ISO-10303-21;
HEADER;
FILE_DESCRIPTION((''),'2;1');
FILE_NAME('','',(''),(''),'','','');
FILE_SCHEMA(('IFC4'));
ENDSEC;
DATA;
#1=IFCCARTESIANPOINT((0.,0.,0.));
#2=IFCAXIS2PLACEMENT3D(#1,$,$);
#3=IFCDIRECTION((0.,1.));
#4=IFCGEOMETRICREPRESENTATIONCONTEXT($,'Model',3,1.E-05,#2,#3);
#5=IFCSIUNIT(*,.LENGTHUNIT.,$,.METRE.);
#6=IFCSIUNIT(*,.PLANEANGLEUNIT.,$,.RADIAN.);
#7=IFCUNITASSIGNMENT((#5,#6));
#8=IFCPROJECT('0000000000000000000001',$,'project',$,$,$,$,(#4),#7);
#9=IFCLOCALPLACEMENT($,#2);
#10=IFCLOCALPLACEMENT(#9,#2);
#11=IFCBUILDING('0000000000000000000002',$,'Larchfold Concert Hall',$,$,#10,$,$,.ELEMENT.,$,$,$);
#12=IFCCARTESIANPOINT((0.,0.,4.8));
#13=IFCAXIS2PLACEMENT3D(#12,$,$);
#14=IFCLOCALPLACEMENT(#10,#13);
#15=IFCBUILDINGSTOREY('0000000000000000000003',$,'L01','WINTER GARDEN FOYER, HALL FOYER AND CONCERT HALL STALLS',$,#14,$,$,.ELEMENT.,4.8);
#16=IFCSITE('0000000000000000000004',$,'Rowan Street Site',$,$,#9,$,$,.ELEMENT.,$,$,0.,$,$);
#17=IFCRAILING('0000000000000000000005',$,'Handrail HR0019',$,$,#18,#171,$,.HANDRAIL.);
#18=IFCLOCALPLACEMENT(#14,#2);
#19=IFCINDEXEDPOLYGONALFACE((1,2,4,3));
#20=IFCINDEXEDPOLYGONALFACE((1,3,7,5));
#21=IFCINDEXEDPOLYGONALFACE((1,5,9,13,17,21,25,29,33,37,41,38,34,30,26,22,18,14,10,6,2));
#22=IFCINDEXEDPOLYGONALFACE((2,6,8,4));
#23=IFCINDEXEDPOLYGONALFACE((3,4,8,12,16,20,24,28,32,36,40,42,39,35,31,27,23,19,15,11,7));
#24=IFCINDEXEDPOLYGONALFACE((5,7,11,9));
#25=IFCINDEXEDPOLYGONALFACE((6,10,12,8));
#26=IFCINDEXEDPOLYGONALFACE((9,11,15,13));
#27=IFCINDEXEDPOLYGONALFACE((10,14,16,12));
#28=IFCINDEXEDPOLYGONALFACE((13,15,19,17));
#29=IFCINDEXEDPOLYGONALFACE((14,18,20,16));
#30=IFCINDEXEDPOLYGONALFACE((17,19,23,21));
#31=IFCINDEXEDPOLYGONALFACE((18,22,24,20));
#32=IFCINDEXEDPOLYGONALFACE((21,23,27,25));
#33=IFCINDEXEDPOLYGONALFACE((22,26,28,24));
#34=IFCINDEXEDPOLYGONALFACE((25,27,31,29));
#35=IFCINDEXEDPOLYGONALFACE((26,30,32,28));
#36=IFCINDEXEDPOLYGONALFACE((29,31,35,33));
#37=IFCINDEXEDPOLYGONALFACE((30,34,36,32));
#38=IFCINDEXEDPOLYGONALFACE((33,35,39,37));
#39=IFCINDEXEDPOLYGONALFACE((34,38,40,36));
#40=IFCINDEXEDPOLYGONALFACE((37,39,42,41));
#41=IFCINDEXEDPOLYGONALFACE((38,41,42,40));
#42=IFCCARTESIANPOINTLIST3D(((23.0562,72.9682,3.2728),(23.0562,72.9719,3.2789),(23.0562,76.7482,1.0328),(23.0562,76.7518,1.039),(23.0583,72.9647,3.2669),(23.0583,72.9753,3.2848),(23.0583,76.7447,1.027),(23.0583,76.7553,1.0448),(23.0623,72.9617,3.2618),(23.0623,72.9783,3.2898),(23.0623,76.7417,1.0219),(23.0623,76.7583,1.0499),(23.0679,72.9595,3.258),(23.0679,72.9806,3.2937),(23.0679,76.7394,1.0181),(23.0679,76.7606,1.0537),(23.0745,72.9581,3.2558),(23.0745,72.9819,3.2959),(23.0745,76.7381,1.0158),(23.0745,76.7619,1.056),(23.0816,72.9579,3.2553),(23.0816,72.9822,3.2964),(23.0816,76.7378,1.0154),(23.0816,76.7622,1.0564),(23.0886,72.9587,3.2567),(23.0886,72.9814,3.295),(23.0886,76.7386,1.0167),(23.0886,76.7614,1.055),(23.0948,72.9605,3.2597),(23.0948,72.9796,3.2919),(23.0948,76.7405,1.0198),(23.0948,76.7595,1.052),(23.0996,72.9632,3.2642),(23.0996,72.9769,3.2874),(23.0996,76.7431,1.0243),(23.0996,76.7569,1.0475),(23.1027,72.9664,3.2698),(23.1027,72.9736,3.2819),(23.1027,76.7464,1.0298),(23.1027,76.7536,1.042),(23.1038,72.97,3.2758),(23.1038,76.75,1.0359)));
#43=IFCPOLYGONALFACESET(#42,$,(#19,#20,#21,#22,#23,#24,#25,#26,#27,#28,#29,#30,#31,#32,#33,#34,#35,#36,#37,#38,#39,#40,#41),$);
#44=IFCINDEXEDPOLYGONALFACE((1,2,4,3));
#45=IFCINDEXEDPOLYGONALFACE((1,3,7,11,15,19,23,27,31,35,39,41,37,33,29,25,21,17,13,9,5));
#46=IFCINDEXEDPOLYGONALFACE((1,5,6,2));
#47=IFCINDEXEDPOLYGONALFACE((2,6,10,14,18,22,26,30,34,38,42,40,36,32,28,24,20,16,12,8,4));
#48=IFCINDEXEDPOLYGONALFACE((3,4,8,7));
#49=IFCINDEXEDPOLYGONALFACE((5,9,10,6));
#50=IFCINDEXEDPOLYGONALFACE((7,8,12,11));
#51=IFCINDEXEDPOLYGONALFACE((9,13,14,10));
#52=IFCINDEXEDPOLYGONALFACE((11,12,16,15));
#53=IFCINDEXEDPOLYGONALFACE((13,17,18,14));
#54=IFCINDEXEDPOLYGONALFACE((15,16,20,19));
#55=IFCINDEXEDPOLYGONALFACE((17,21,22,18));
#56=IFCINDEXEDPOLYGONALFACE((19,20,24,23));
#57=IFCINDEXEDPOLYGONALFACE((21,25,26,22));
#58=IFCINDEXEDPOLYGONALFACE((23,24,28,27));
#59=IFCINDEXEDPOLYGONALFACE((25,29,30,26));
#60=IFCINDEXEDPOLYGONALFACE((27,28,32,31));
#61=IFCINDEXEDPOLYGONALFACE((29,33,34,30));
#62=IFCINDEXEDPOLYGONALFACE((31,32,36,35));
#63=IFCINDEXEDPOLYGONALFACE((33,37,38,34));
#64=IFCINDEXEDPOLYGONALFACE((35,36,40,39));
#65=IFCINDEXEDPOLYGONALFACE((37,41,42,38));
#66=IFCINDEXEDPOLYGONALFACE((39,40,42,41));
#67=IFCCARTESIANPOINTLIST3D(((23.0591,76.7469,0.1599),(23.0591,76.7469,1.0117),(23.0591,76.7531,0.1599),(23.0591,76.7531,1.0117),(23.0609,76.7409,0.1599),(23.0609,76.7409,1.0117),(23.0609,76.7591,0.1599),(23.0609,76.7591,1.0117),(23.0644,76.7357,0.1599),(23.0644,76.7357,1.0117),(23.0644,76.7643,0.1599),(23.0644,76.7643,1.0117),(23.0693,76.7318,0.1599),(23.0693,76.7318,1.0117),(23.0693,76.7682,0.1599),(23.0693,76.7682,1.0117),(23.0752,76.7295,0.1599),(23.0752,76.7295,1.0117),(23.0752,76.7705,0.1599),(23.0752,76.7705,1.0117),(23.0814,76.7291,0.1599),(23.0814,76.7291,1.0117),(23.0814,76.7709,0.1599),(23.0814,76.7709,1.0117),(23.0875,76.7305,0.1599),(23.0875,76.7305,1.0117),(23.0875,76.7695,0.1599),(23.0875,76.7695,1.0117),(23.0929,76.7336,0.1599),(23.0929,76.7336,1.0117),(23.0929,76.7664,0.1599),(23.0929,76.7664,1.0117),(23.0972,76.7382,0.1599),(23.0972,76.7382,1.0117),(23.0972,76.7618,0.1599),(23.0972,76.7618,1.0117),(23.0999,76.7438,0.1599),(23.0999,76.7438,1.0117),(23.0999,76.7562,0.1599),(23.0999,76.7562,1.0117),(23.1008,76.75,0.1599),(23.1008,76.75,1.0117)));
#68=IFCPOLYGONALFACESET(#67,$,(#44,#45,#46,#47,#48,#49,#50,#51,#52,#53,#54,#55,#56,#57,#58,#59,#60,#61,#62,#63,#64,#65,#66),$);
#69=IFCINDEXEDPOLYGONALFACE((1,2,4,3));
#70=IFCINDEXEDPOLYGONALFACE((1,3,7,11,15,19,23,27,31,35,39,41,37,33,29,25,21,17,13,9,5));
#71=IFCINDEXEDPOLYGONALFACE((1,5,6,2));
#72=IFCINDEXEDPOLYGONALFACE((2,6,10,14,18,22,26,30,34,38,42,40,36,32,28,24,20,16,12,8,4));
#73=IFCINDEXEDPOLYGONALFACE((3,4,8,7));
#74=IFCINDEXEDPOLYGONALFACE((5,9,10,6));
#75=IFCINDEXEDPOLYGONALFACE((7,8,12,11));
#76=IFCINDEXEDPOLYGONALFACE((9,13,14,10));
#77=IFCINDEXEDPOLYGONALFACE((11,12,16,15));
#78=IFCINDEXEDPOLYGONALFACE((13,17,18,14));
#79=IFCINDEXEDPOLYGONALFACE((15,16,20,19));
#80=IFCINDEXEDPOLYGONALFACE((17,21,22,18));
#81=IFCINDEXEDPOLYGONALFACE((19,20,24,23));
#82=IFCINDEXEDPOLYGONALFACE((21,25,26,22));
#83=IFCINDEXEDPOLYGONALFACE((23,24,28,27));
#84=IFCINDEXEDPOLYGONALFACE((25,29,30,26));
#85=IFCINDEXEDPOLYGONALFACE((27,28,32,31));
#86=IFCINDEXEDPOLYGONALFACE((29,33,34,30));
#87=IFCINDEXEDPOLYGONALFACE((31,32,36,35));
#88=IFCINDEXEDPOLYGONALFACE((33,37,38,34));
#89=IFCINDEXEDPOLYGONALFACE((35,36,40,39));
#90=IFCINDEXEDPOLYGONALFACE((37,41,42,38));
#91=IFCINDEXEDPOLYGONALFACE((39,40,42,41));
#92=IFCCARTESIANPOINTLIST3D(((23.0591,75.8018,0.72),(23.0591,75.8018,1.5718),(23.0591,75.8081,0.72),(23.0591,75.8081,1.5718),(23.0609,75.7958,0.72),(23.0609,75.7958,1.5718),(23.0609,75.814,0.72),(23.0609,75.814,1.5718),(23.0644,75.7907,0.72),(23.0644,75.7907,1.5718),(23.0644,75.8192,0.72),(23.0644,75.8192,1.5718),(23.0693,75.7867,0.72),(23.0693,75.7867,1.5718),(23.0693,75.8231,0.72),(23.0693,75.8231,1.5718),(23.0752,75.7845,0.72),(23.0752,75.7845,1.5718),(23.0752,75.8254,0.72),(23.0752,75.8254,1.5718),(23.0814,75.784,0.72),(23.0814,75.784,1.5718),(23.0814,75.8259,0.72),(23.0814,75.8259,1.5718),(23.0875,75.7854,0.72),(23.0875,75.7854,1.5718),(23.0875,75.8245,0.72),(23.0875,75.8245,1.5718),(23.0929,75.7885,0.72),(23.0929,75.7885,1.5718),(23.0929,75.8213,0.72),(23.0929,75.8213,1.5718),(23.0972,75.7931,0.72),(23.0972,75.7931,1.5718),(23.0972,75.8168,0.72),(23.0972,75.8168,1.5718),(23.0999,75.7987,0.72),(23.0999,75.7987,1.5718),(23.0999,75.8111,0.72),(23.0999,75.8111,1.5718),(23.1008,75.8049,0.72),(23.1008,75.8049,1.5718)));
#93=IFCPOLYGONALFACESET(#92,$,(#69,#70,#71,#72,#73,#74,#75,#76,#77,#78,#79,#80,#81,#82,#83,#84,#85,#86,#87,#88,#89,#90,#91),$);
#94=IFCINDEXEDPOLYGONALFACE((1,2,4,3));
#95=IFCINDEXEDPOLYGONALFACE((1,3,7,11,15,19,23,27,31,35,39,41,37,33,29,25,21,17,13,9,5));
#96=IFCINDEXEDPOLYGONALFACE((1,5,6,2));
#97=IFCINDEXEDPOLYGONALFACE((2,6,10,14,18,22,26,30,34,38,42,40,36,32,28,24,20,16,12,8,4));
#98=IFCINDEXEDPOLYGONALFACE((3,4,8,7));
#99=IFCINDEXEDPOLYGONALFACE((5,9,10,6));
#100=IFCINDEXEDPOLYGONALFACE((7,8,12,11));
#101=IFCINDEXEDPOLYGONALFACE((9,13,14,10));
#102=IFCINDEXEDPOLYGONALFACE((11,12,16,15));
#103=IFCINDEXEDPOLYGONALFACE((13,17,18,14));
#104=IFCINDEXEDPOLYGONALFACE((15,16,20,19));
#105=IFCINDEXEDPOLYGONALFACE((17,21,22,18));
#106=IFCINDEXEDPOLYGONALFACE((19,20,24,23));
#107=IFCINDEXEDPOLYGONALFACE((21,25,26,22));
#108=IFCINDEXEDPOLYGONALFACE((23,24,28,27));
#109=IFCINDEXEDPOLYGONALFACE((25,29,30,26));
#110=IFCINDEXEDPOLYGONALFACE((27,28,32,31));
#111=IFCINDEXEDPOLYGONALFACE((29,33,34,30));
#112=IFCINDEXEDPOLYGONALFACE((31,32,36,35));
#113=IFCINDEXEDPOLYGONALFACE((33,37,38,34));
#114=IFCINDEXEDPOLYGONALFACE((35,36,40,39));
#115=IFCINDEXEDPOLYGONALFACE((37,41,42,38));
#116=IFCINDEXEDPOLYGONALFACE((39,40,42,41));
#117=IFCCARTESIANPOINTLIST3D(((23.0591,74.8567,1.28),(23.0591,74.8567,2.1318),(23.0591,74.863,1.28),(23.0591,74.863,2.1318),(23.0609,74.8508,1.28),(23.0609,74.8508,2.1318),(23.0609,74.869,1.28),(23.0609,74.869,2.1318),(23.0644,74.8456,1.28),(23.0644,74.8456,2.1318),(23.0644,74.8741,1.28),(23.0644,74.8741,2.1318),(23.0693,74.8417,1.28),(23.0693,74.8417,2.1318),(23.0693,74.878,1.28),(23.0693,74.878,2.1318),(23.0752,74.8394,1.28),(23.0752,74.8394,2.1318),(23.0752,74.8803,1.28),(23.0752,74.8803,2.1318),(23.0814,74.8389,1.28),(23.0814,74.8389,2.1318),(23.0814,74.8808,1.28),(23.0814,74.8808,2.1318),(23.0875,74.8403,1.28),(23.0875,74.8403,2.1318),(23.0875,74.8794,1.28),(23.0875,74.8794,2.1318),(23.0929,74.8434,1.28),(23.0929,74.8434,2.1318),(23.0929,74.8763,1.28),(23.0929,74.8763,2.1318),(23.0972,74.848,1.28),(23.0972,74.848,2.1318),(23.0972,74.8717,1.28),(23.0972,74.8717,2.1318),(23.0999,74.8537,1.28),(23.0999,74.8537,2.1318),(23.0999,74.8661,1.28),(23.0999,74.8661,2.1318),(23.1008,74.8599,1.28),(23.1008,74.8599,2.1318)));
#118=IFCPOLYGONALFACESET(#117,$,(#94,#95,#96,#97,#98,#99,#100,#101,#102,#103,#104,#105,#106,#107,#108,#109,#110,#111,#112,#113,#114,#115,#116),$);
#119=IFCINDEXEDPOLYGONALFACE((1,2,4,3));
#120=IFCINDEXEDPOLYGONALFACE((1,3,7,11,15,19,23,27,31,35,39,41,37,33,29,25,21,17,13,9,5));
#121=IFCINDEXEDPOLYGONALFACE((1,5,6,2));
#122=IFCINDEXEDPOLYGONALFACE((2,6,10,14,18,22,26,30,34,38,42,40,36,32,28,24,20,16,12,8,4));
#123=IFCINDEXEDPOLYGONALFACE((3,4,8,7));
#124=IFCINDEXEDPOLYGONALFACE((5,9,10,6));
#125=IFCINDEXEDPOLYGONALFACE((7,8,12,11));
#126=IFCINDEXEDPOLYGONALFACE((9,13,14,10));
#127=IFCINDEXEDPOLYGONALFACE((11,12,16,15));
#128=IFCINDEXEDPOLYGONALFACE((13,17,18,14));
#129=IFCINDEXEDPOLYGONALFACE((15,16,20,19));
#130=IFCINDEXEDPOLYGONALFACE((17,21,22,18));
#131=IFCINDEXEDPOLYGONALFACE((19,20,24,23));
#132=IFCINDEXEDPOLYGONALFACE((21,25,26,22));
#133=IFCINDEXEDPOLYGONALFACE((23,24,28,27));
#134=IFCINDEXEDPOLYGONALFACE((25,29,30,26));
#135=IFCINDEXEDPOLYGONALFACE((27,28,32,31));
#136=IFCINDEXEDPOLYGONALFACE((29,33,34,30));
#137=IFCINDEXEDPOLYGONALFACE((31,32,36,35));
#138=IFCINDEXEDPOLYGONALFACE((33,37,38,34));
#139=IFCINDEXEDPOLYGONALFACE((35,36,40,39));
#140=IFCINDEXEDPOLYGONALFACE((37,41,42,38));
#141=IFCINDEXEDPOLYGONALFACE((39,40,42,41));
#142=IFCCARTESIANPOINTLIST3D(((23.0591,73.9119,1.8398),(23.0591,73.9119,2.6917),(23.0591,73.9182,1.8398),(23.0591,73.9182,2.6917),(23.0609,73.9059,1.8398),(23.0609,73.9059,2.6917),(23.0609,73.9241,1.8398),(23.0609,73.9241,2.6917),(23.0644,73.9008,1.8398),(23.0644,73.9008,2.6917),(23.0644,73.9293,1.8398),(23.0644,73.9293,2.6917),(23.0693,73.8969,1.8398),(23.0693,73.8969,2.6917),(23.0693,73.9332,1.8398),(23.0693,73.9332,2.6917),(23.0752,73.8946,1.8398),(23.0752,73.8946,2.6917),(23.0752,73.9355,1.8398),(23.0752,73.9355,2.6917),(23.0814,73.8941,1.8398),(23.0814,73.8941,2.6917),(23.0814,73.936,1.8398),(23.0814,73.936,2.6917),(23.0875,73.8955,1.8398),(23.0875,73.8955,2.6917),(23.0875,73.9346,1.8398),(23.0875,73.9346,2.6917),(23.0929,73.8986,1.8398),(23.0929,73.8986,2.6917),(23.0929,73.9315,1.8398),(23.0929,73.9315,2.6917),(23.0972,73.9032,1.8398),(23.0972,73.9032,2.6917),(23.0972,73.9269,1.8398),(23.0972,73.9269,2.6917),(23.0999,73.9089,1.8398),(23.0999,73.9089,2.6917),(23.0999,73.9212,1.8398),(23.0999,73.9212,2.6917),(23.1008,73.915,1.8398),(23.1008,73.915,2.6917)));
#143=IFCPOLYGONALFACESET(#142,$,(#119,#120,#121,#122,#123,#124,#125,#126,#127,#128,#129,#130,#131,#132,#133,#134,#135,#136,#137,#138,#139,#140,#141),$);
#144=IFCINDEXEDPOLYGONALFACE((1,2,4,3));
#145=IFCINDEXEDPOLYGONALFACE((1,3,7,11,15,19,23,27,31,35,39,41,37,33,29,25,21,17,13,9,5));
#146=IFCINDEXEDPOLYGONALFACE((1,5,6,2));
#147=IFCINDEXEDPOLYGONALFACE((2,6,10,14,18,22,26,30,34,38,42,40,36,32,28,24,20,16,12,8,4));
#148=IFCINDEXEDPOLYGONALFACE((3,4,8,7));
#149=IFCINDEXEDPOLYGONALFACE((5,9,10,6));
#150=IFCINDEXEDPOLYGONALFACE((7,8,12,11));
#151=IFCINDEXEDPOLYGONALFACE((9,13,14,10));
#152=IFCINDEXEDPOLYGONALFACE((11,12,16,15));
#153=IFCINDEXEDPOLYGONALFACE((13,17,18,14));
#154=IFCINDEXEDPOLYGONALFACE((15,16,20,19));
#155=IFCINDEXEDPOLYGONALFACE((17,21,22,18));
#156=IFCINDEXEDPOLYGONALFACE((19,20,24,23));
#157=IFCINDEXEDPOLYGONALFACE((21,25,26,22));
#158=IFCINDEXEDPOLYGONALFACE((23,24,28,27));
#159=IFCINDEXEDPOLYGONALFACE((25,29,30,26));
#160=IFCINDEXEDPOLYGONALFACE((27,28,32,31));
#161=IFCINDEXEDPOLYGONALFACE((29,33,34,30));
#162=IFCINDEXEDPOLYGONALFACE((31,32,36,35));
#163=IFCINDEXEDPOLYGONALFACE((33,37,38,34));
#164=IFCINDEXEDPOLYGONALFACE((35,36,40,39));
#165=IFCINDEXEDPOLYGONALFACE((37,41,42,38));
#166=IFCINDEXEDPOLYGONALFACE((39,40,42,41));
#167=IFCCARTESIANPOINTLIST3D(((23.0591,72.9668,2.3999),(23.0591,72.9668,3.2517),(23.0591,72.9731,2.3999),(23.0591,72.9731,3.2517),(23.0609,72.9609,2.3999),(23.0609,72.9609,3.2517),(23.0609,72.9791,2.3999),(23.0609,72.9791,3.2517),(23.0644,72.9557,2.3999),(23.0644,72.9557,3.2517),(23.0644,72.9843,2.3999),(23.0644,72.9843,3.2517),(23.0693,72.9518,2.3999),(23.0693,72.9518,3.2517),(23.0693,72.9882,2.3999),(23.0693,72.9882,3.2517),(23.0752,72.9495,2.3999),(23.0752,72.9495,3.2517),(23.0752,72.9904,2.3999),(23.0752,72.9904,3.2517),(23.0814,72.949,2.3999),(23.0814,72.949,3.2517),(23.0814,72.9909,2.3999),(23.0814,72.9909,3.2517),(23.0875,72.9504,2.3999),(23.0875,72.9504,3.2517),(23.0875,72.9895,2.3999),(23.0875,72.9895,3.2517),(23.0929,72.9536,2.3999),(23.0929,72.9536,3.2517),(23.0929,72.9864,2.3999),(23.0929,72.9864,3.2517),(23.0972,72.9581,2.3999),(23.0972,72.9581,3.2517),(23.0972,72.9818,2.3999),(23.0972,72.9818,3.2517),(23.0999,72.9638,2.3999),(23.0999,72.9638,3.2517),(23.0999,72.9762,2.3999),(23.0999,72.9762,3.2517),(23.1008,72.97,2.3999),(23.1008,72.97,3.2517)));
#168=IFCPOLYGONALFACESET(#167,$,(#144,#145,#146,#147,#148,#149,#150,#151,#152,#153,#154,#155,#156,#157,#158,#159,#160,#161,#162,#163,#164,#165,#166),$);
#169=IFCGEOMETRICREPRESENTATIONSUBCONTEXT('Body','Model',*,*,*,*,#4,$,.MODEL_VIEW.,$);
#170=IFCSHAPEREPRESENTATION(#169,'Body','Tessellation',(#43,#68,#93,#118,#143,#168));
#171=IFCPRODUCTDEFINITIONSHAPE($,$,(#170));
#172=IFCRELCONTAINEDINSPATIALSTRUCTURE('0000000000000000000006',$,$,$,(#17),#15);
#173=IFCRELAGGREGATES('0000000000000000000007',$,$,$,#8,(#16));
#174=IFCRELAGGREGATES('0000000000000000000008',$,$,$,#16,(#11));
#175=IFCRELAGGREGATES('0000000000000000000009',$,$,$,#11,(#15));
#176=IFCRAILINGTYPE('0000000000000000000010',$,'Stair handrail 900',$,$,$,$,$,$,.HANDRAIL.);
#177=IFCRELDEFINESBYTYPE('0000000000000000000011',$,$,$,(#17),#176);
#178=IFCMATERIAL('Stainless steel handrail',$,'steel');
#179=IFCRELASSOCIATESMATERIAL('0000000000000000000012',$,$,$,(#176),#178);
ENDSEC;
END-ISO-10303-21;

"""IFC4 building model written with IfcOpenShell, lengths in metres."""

from ifc_helpers import new_model, si_unit, direction, frame, origin, origin_2d, place, context, subcontext, project, spatial, circle, extrude, material, type_object, element, save


model = new_model("IFC4")

# Units and contexts
model_context = context("Model", 3, precision=1e-05, world=origin(), true_north=direction((0.0, 1.0)))
body_context = subcontext(model_context, "Body", "Model", "MODEL_VIEW")
ifc_project = project(units=[si_unit("LENGTHUNIT", "METRE"), si_unit("PLANEANGLEUNIT", "RADIAN")], contexts=[model_context])

# Site, building, storey
site_placement = place(None, origin())
site = spatial("IfcSite", under=ifc_project, at=site_placement, Name="Rowan Street Site", CompositionType="ELEMENT", RefElevation=0.0)
building_placement = place(site_placement, origin())
building = spatial("IfcBuilding", under=site, at=building_placement, Name="Larchfold Concert Hall", CompositionType="ELEMENT")
storey_placement = place(building_placement, frame((0.0, 0.0, 4.8)))
storey = spatial("IfcBuildingStorey", under=building, at=storey_placement, Name="L01", Description="WINTER GARDEN FOYER, HALL FOYER AND CONCERT HALL STALLS", CompositionType="ELEMENT", Elevation=4.8)

# Railing
ifc_material_1 = material(Name="Stainless steel handrail", Category="steel")
railing_type_1 = type_object("IfcRailingType", Name="Stair handrail 900", PredefinedType="HANDRAIL", material=ifc_material_1)
for number, where, name in (
    (1, (23.0798, 76.75, 0.1599), "Handrail HR0019"),
):
    element("IfcRailing", number, at=place(storey_placement, frame(where)), inside=storey, type_object=railing_type_1, Name=name, PredefinedType="HANDRAIL", context=body_context, shape_type="SweptSolid", body=[
        extrude(circle(Radius=0.0239, at=origin_2d()), frame((0.0, 0.0, 0.876), z_axis=(0.0, -0.860294, 0.509798), x_axis=(1.0, 0.0, 0.0)), (0.0, 0.0, 1.0), 4.3938),
        extrude(circle(Radius=0.021, at=origin_2d()), origin(), (0.0, 0.0, 1.0), 0.8518),
        extrude(circle(Radius=0.021, at=origin_2d()), frame((0.0, -0.9451, 0.5601)), (0.0, 0.0, 1.0), 0.8518),
        extrude(circle(Radius=0.021, at=origin_2d()), frame((0.0, -1.8901, 1.1201)), (0.0, 0.0, 1.0), 0.8518),
        extrude(circle(Radius=0.021, at=origin_2d()), frame((0.0, -2.835, 1.6799)), (0.0, 0.0, 1.0), 0.8518),
        extrude(circle(Radius=0.021, at=origin_2d()), frame((0.0, -3.78, 2.24)), (0.0, 0.0, 1.0), 0.8518),
    ])

save(model, "model.ifc")
